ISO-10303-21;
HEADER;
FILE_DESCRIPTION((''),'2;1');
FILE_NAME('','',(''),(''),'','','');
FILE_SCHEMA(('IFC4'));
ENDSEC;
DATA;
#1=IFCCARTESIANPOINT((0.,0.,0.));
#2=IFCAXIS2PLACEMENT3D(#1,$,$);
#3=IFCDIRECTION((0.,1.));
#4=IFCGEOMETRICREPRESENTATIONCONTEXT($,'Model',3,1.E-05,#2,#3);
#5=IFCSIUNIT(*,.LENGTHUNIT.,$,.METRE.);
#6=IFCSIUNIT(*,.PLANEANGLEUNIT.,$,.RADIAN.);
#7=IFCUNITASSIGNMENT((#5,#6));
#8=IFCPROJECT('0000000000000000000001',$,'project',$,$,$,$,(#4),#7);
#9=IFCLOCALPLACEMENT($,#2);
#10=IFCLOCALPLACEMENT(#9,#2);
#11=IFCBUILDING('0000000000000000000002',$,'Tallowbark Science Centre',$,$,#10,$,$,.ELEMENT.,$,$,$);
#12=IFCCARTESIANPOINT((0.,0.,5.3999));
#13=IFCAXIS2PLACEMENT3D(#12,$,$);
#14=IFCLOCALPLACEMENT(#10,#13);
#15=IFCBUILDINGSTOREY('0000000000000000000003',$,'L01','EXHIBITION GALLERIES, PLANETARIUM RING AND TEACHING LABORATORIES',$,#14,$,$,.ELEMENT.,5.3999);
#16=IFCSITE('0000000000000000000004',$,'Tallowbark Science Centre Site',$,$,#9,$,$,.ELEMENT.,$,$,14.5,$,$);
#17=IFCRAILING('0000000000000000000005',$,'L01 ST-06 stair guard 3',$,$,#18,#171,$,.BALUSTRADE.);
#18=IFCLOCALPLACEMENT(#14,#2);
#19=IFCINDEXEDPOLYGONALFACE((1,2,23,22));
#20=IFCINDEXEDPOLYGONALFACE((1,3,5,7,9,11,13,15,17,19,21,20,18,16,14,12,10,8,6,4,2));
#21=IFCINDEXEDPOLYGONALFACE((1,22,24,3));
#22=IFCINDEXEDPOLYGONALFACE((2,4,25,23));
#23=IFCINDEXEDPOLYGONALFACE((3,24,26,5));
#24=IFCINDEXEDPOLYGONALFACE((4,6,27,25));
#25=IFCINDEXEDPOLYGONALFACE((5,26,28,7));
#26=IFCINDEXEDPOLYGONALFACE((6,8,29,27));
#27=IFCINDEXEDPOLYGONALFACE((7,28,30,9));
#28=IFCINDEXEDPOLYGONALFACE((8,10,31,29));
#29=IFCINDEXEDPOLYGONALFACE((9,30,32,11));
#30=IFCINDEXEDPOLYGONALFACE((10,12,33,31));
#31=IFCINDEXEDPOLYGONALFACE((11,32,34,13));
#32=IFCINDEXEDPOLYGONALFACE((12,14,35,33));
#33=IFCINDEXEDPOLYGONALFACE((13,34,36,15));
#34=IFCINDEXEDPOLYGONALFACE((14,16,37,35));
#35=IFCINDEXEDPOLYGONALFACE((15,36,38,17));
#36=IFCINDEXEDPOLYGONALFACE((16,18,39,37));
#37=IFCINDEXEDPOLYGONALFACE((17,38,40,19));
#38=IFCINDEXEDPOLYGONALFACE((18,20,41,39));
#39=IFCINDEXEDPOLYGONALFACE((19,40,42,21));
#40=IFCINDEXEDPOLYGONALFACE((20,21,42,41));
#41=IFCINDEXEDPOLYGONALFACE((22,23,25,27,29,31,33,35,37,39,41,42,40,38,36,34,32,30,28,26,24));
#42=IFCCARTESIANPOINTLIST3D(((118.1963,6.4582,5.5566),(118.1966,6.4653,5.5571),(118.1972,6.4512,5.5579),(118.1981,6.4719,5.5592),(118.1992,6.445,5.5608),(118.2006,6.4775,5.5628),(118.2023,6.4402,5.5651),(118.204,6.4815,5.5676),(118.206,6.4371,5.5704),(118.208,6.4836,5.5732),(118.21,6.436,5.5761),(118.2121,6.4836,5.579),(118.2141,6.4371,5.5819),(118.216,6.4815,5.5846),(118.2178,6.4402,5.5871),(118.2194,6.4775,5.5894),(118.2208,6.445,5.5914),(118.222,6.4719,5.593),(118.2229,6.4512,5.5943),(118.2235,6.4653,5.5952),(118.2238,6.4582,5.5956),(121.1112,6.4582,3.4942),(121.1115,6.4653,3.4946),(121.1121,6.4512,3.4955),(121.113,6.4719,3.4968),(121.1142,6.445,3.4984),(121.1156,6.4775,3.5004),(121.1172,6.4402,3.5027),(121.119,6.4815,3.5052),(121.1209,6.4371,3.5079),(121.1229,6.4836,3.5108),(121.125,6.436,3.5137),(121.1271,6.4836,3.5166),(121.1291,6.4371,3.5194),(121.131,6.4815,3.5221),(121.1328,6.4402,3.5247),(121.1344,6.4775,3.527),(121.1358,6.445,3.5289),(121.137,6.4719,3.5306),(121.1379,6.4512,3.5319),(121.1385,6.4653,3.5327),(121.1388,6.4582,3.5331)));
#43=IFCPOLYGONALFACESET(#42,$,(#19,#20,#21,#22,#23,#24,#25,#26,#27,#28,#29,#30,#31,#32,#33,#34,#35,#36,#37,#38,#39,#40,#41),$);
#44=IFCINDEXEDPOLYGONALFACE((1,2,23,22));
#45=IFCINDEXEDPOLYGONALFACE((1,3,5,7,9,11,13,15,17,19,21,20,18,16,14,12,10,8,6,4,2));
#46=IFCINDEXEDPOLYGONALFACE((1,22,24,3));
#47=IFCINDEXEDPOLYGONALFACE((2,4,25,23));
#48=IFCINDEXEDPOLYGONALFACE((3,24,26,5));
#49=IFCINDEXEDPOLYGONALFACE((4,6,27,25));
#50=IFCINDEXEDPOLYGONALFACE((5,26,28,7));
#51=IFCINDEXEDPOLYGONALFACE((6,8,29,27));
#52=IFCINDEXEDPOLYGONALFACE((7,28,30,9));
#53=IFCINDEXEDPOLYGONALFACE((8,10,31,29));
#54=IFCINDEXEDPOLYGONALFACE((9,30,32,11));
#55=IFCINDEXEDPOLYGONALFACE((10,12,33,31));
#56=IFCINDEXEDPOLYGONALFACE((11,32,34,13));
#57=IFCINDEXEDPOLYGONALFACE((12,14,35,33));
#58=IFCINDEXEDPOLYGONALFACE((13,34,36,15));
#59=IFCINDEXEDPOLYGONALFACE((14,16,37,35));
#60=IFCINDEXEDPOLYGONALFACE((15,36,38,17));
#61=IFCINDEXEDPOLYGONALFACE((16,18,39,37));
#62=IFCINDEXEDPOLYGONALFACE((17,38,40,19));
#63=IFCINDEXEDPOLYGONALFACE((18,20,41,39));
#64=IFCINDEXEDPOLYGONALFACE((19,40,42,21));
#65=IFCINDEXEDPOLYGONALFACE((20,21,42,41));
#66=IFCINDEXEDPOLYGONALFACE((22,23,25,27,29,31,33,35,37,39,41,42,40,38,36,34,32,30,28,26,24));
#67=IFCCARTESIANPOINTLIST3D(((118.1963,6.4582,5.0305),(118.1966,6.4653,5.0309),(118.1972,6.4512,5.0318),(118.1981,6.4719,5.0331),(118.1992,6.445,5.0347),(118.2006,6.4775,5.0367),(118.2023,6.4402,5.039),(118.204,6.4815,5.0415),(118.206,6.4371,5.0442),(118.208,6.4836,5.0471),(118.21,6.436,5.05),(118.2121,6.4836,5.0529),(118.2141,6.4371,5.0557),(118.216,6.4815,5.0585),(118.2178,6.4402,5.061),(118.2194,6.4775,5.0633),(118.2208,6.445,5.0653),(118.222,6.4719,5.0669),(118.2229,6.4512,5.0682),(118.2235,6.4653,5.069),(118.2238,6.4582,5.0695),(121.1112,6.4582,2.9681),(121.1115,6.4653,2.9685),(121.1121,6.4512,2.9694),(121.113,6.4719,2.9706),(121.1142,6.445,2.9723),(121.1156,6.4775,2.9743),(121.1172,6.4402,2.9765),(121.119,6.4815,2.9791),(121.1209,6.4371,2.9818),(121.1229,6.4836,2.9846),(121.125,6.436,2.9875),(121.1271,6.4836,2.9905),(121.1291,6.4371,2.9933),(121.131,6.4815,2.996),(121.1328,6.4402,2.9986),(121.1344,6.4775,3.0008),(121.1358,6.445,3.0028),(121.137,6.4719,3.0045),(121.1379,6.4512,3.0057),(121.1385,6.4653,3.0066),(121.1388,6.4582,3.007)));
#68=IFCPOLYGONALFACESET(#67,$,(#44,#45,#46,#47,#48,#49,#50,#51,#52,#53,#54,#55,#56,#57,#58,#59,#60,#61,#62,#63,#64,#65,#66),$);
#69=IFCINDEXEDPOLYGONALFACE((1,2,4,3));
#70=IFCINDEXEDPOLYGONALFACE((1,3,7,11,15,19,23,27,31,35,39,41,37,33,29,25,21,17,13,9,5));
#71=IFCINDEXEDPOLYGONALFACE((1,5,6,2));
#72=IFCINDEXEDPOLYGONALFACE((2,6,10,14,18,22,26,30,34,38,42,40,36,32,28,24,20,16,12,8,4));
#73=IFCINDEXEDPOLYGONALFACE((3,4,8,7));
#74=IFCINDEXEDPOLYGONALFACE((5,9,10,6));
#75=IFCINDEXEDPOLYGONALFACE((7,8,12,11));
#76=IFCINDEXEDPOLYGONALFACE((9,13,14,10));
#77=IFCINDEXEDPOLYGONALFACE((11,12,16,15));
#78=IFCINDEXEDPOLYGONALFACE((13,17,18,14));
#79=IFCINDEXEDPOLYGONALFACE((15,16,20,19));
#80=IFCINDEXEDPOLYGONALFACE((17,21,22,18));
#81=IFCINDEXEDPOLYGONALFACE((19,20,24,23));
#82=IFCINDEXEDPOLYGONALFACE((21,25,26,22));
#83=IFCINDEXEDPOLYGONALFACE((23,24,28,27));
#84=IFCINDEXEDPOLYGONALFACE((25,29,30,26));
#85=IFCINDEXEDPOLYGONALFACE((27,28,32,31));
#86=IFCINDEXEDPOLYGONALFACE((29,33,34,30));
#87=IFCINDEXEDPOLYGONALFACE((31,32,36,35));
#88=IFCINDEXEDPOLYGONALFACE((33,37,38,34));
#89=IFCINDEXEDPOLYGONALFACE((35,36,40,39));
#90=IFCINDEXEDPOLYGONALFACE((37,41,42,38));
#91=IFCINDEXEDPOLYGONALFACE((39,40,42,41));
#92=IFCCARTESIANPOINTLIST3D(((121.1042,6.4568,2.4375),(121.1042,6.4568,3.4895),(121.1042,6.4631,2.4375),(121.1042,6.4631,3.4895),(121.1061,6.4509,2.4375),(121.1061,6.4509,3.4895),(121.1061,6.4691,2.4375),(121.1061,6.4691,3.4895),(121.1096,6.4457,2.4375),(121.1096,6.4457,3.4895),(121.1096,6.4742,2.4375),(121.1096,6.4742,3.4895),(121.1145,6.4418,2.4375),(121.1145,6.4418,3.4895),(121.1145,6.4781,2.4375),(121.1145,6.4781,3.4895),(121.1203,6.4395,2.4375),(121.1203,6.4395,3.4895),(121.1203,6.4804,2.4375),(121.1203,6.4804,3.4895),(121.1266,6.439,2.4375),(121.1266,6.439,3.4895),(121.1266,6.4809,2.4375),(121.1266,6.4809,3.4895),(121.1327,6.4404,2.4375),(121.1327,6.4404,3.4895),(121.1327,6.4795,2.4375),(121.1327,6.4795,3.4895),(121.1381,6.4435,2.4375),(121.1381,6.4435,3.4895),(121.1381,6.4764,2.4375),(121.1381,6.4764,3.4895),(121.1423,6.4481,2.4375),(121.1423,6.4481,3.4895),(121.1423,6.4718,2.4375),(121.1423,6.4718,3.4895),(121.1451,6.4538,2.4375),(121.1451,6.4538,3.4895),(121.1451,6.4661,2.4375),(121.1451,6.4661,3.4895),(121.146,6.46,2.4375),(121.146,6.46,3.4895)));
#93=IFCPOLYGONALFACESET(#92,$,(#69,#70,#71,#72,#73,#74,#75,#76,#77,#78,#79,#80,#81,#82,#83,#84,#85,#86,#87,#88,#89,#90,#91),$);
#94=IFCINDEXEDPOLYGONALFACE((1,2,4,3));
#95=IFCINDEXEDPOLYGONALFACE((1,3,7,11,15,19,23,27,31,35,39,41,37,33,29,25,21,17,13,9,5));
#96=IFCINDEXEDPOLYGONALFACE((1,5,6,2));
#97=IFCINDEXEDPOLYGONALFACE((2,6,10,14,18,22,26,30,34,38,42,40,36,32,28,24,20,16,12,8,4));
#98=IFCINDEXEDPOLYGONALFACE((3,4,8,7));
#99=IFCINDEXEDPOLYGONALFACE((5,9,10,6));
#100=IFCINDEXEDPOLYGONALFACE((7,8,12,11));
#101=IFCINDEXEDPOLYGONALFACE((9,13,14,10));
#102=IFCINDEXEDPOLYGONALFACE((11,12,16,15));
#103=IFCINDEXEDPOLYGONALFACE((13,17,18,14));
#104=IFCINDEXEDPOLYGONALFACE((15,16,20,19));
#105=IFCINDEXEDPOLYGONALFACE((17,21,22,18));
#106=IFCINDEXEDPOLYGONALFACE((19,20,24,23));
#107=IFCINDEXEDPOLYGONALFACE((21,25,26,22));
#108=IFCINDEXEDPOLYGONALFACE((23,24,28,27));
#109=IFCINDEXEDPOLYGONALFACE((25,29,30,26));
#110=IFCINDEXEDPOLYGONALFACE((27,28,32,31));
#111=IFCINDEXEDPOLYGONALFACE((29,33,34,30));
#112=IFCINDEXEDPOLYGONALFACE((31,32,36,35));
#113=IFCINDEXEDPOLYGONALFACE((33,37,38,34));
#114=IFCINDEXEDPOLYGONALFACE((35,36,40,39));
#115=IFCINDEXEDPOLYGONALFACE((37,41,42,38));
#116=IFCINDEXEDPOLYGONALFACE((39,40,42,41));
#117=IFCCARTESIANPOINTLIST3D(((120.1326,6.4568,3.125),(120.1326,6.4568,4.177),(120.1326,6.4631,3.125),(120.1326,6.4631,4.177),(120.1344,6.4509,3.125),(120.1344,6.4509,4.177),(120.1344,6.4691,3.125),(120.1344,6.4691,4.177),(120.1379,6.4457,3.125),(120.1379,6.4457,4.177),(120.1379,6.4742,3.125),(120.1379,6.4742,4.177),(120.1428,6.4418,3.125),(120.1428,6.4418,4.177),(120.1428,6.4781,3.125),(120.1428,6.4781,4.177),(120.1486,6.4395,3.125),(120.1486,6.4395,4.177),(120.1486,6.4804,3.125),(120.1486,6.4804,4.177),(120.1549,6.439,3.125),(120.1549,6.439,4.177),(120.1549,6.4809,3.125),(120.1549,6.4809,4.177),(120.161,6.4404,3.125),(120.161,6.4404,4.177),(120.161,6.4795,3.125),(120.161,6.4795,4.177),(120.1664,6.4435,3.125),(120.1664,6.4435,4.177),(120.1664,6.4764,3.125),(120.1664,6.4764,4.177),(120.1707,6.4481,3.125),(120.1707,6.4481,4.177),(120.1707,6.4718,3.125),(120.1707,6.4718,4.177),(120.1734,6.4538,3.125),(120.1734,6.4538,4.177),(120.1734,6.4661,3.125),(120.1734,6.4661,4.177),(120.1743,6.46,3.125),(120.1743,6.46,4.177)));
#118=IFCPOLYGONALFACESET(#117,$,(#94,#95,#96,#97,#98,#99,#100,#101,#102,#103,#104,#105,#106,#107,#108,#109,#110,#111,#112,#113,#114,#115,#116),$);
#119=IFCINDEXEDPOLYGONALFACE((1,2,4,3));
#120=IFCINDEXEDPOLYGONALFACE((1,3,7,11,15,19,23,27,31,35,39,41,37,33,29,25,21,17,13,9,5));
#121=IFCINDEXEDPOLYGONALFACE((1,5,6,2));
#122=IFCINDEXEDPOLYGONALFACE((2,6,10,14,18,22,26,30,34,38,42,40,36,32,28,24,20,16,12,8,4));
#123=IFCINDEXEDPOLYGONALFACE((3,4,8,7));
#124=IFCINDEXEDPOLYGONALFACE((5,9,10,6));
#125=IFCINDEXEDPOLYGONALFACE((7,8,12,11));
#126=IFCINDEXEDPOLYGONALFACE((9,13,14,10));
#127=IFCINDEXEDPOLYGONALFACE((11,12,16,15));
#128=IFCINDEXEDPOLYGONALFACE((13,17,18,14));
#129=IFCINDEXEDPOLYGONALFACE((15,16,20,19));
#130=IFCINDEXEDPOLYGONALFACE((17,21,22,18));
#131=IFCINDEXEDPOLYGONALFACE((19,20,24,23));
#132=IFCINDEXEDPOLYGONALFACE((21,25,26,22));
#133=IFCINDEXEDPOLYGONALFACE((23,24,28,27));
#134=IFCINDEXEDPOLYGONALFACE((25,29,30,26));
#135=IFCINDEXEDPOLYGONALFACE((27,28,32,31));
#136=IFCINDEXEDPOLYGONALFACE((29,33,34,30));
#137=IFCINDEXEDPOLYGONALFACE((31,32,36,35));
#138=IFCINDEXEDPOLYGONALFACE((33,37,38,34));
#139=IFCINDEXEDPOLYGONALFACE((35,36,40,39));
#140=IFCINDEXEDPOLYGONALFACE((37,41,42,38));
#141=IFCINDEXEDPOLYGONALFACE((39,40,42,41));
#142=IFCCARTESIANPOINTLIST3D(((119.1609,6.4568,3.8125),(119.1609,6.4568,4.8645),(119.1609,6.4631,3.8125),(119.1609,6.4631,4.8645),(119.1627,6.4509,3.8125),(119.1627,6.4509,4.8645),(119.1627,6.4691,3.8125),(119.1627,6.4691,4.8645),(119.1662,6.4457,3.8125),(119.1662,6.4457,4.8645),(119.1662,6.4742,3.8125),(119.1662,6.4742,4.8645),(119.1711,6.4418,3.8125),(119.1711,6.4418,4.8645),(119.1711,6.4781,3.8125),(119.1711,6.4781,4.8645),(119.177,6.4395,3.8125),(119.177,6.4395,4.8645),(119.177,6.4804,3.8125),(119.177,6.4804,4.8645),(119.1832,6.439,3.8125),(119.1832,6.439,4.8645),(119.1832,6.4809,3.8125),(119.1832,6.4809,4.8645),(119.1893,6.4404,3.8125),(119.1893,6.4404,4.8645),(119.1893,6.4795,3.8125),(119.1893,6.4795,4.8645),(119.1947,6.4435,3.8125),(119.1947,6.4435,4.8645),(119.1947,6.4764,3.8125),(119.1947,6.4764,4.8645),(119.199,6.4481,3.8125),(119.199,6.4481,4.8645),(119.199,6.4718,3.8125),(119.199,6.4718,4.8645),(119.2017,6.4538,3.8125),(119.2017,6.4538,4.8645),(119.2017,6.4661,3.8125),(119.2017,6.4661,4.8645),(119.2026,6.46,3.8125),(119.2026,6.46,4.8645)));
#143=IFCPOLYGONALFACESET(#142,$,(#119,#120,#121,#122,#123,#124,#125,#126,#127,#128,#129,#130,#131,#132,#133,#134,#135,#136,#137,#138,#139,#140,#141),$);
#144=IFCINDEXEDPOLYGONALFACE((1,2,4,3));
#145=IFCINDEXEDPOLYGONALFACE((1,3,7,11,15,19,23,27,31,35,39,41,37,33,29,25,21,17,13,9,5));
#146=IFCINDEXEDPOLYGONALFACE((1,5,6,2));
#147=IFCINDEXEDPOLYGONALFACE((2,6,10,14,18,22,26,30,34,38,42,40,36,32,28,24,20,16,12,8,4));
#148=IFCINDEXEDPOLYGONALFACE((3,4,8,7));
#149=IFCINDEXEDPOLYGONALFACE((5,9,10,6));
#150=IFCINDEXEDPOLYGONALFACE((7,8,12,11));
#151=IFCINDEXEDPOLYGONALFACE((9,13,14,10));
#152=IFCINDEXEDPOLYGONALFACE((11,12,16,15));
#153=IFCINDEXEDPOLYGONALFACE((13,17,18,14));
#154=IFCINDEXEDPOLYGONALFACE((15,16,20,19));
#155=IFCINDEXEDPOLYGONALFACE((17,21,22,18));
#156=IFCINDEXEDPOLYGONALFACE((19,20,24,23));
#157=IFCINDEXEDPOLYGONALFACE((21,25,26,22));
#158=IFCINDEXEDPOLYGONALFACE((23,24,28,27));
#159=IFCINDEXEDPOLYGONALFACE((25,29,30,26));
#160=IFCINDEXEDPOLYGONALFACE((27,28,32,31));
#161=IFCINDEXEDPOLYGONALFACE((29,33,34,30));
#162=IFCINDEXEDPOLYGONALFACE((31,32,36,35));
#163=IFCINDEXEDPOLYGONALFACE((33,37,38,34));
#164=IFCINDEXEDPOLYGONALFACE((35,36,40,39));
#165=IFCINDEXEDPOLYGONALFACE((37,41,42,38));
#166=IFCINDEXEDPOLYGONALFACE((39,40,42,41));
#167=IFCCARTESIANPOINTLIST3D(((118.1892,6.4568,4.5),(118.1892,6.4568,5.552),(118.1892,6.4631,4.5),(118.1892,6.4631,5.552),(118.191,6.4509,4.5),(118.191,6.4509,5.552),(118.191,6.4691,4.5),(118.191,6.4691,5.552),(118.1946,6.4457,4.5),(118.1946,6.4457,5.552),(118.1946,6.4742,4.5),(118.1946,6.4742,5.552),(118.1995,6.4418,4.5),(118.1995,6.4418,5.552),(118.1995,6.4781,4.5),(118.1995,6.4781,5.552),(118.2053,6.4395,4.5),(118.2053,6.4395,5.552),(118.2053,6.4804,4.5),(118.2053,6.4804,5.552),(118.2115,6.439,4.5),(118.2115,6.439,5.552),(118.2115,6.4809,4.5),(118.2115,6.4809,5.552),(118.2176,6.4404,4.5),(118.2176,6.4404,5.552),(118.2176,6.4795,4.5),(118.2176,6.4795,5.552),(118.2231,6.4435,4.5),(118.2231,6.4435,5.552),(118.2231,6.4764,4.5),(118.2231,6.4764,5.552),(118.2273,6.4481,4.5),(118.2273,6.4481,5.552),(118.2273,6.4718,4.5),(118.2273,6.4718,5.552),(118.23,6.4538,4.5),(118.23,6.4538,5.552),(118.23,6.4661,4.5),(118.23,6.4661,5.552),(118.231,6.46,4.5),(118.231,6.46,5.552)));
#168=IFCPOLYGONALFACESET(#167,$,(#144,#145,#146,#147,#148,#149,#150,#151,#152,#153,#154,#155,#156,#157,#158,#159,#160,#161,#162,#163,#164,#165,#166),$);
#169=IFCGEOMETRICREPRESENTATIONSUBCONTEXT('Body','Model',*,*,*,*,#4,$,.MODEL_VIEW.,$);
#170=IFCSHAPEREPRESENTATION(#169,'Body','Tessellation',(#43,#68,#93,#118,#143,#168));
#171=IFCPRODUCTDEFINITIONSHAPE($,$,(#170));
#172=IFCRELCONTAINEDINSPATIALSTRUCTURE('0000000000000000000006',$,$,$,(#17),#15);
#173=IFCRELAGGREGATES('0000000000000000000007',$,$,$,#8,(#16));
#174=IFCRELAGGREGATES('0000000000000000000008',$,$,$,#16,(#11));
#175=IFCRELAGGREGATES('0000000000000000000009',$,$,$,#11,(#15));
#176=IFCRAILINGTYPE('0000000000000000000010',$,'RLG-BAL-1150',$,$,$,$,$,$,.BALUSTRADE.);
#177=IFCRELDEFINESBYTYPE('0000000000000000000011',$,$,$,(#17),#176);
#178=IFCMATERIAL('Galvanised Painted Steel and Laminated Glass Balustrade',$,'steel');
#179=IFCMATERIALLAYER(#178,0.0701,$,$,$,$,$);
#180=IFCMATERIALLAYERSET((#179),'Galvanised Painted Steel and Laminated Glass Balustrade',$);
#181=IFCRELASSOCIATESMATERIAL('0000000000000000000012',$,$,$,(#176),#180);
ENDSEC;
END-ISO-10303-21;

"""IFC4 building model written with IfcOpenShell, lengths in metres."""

from ifc_helpers import new_model, si_unit, direction, frame, origin, origin_2d, place, context, subcontext, project, spatial, circle, extrude, material, layer, layer_set, type_object, element, save


model = new_model("IFC4")

# Units and contexts
model_context = context("Model", 3, precision=1e-05, world=origin(), true_north=direction((0.0, 1.0)))
body_context = subcontext(model_context, "Body", "Model", "MODEL_VIEW")
ifc_project = project(units=[si_unit("LENGTHUNIT", "METRE"), si_unit("PLANEANGLEUNIT", "RADIAN")], contexts=[model_context])

# Site, building, storey
site_placement = place(None, origin())
site = spatial("IfcSite", under=ifc_project, at=site_placement, Name="Tallowbark Science Centre Site", CompositionType="ELEMENT", RefElevation=14.5)
building_placement = place(site_placement, origin())
building = spatial("IfcBuilding", under=site, at=building_placement, Name="Tallowbark Science Centre", CompositionType="ELEMENT")
storey_placement = place(building_placement, frame((0.0, 0.0, 5.3999)))
storey = spatial("IfcBuildingStorey", under=building, at=storey_placement, Name="L01", Description="EXHIBITION GALLERIES, PLANETARIUM RING AND TEACHING LABORATORIES", CompositionType="ELEMENT", Elevation=5.3999)

# Railing
ifc_material_1 = material(Name="Galvanised Painted Steel and Laminated Glass Balustrade", Category="steel")
ifc_layer_1 = layer(ifc_material_1, 0.0701)
ifc_layer_set_1 = layer_set([ifc_layer_1], Name="Galvanised Painted Steel and Laminated Glass Balustrade")
railing_type_1 = type_object("IfcRailingType", Name="RLG-BAL-1150", PredefinedType="BALUSTRADE", material=ifc_layer_set_1)
railing_1_placement = place(storey_placement, frame((121.125, 6.46, 2.4375)))
element("IfcRailing", 1, at=railing_1_placement, inside=storey, type_object=railing_type_1, Name="L01 ST-06 stair guard 3", PredefinedType="BALUSTRADE", context=body_context, shape_type="SweptSolid", body=[
    extrude(circle(Radius=0.0239, at=origin_2d()), frame((0.0, 0.0, 1.0762), z_axis=(-0.816331, 0.0, 0.577585), x_axis=(0.0, -1.0, 0.0)), (0.0, 0.0, 1.0), 3.5708),
    extrude(circle(Radius=0.0239, at=origin_2d()), frame((0.0, 0.0, 0.55), z_axis=(-0.816331, 0.0, 0.577585), x_axis=(0.0, -1.0, 0.0)), (0.0, 0.0, 1.0), 3.5708),
    extrude(circle(Radius=0.021, at=origin_2d()), origin(), (0.0, 0.0, 1.0), 1.052),
    extrude(circle(Radius=0.021, at=origin_2d()), frame((-0.9717, 0.0, 0.6875)), (0.0, 0.0, 1.0), 1.052),
    extrude(circle(Radius=0.021, at=origin_2d()), frame((-1.9434, 0.0, 1.375)), (0.0, 0.0, 1.0), 1.052),
    extrude(circle(Radius=0.021, at=origin_2d()), frame((-2.915, 0.0, 2.0625)), (0.0, 0.0, 1.0), 1.052),
])

save(model, "model.ifc")
